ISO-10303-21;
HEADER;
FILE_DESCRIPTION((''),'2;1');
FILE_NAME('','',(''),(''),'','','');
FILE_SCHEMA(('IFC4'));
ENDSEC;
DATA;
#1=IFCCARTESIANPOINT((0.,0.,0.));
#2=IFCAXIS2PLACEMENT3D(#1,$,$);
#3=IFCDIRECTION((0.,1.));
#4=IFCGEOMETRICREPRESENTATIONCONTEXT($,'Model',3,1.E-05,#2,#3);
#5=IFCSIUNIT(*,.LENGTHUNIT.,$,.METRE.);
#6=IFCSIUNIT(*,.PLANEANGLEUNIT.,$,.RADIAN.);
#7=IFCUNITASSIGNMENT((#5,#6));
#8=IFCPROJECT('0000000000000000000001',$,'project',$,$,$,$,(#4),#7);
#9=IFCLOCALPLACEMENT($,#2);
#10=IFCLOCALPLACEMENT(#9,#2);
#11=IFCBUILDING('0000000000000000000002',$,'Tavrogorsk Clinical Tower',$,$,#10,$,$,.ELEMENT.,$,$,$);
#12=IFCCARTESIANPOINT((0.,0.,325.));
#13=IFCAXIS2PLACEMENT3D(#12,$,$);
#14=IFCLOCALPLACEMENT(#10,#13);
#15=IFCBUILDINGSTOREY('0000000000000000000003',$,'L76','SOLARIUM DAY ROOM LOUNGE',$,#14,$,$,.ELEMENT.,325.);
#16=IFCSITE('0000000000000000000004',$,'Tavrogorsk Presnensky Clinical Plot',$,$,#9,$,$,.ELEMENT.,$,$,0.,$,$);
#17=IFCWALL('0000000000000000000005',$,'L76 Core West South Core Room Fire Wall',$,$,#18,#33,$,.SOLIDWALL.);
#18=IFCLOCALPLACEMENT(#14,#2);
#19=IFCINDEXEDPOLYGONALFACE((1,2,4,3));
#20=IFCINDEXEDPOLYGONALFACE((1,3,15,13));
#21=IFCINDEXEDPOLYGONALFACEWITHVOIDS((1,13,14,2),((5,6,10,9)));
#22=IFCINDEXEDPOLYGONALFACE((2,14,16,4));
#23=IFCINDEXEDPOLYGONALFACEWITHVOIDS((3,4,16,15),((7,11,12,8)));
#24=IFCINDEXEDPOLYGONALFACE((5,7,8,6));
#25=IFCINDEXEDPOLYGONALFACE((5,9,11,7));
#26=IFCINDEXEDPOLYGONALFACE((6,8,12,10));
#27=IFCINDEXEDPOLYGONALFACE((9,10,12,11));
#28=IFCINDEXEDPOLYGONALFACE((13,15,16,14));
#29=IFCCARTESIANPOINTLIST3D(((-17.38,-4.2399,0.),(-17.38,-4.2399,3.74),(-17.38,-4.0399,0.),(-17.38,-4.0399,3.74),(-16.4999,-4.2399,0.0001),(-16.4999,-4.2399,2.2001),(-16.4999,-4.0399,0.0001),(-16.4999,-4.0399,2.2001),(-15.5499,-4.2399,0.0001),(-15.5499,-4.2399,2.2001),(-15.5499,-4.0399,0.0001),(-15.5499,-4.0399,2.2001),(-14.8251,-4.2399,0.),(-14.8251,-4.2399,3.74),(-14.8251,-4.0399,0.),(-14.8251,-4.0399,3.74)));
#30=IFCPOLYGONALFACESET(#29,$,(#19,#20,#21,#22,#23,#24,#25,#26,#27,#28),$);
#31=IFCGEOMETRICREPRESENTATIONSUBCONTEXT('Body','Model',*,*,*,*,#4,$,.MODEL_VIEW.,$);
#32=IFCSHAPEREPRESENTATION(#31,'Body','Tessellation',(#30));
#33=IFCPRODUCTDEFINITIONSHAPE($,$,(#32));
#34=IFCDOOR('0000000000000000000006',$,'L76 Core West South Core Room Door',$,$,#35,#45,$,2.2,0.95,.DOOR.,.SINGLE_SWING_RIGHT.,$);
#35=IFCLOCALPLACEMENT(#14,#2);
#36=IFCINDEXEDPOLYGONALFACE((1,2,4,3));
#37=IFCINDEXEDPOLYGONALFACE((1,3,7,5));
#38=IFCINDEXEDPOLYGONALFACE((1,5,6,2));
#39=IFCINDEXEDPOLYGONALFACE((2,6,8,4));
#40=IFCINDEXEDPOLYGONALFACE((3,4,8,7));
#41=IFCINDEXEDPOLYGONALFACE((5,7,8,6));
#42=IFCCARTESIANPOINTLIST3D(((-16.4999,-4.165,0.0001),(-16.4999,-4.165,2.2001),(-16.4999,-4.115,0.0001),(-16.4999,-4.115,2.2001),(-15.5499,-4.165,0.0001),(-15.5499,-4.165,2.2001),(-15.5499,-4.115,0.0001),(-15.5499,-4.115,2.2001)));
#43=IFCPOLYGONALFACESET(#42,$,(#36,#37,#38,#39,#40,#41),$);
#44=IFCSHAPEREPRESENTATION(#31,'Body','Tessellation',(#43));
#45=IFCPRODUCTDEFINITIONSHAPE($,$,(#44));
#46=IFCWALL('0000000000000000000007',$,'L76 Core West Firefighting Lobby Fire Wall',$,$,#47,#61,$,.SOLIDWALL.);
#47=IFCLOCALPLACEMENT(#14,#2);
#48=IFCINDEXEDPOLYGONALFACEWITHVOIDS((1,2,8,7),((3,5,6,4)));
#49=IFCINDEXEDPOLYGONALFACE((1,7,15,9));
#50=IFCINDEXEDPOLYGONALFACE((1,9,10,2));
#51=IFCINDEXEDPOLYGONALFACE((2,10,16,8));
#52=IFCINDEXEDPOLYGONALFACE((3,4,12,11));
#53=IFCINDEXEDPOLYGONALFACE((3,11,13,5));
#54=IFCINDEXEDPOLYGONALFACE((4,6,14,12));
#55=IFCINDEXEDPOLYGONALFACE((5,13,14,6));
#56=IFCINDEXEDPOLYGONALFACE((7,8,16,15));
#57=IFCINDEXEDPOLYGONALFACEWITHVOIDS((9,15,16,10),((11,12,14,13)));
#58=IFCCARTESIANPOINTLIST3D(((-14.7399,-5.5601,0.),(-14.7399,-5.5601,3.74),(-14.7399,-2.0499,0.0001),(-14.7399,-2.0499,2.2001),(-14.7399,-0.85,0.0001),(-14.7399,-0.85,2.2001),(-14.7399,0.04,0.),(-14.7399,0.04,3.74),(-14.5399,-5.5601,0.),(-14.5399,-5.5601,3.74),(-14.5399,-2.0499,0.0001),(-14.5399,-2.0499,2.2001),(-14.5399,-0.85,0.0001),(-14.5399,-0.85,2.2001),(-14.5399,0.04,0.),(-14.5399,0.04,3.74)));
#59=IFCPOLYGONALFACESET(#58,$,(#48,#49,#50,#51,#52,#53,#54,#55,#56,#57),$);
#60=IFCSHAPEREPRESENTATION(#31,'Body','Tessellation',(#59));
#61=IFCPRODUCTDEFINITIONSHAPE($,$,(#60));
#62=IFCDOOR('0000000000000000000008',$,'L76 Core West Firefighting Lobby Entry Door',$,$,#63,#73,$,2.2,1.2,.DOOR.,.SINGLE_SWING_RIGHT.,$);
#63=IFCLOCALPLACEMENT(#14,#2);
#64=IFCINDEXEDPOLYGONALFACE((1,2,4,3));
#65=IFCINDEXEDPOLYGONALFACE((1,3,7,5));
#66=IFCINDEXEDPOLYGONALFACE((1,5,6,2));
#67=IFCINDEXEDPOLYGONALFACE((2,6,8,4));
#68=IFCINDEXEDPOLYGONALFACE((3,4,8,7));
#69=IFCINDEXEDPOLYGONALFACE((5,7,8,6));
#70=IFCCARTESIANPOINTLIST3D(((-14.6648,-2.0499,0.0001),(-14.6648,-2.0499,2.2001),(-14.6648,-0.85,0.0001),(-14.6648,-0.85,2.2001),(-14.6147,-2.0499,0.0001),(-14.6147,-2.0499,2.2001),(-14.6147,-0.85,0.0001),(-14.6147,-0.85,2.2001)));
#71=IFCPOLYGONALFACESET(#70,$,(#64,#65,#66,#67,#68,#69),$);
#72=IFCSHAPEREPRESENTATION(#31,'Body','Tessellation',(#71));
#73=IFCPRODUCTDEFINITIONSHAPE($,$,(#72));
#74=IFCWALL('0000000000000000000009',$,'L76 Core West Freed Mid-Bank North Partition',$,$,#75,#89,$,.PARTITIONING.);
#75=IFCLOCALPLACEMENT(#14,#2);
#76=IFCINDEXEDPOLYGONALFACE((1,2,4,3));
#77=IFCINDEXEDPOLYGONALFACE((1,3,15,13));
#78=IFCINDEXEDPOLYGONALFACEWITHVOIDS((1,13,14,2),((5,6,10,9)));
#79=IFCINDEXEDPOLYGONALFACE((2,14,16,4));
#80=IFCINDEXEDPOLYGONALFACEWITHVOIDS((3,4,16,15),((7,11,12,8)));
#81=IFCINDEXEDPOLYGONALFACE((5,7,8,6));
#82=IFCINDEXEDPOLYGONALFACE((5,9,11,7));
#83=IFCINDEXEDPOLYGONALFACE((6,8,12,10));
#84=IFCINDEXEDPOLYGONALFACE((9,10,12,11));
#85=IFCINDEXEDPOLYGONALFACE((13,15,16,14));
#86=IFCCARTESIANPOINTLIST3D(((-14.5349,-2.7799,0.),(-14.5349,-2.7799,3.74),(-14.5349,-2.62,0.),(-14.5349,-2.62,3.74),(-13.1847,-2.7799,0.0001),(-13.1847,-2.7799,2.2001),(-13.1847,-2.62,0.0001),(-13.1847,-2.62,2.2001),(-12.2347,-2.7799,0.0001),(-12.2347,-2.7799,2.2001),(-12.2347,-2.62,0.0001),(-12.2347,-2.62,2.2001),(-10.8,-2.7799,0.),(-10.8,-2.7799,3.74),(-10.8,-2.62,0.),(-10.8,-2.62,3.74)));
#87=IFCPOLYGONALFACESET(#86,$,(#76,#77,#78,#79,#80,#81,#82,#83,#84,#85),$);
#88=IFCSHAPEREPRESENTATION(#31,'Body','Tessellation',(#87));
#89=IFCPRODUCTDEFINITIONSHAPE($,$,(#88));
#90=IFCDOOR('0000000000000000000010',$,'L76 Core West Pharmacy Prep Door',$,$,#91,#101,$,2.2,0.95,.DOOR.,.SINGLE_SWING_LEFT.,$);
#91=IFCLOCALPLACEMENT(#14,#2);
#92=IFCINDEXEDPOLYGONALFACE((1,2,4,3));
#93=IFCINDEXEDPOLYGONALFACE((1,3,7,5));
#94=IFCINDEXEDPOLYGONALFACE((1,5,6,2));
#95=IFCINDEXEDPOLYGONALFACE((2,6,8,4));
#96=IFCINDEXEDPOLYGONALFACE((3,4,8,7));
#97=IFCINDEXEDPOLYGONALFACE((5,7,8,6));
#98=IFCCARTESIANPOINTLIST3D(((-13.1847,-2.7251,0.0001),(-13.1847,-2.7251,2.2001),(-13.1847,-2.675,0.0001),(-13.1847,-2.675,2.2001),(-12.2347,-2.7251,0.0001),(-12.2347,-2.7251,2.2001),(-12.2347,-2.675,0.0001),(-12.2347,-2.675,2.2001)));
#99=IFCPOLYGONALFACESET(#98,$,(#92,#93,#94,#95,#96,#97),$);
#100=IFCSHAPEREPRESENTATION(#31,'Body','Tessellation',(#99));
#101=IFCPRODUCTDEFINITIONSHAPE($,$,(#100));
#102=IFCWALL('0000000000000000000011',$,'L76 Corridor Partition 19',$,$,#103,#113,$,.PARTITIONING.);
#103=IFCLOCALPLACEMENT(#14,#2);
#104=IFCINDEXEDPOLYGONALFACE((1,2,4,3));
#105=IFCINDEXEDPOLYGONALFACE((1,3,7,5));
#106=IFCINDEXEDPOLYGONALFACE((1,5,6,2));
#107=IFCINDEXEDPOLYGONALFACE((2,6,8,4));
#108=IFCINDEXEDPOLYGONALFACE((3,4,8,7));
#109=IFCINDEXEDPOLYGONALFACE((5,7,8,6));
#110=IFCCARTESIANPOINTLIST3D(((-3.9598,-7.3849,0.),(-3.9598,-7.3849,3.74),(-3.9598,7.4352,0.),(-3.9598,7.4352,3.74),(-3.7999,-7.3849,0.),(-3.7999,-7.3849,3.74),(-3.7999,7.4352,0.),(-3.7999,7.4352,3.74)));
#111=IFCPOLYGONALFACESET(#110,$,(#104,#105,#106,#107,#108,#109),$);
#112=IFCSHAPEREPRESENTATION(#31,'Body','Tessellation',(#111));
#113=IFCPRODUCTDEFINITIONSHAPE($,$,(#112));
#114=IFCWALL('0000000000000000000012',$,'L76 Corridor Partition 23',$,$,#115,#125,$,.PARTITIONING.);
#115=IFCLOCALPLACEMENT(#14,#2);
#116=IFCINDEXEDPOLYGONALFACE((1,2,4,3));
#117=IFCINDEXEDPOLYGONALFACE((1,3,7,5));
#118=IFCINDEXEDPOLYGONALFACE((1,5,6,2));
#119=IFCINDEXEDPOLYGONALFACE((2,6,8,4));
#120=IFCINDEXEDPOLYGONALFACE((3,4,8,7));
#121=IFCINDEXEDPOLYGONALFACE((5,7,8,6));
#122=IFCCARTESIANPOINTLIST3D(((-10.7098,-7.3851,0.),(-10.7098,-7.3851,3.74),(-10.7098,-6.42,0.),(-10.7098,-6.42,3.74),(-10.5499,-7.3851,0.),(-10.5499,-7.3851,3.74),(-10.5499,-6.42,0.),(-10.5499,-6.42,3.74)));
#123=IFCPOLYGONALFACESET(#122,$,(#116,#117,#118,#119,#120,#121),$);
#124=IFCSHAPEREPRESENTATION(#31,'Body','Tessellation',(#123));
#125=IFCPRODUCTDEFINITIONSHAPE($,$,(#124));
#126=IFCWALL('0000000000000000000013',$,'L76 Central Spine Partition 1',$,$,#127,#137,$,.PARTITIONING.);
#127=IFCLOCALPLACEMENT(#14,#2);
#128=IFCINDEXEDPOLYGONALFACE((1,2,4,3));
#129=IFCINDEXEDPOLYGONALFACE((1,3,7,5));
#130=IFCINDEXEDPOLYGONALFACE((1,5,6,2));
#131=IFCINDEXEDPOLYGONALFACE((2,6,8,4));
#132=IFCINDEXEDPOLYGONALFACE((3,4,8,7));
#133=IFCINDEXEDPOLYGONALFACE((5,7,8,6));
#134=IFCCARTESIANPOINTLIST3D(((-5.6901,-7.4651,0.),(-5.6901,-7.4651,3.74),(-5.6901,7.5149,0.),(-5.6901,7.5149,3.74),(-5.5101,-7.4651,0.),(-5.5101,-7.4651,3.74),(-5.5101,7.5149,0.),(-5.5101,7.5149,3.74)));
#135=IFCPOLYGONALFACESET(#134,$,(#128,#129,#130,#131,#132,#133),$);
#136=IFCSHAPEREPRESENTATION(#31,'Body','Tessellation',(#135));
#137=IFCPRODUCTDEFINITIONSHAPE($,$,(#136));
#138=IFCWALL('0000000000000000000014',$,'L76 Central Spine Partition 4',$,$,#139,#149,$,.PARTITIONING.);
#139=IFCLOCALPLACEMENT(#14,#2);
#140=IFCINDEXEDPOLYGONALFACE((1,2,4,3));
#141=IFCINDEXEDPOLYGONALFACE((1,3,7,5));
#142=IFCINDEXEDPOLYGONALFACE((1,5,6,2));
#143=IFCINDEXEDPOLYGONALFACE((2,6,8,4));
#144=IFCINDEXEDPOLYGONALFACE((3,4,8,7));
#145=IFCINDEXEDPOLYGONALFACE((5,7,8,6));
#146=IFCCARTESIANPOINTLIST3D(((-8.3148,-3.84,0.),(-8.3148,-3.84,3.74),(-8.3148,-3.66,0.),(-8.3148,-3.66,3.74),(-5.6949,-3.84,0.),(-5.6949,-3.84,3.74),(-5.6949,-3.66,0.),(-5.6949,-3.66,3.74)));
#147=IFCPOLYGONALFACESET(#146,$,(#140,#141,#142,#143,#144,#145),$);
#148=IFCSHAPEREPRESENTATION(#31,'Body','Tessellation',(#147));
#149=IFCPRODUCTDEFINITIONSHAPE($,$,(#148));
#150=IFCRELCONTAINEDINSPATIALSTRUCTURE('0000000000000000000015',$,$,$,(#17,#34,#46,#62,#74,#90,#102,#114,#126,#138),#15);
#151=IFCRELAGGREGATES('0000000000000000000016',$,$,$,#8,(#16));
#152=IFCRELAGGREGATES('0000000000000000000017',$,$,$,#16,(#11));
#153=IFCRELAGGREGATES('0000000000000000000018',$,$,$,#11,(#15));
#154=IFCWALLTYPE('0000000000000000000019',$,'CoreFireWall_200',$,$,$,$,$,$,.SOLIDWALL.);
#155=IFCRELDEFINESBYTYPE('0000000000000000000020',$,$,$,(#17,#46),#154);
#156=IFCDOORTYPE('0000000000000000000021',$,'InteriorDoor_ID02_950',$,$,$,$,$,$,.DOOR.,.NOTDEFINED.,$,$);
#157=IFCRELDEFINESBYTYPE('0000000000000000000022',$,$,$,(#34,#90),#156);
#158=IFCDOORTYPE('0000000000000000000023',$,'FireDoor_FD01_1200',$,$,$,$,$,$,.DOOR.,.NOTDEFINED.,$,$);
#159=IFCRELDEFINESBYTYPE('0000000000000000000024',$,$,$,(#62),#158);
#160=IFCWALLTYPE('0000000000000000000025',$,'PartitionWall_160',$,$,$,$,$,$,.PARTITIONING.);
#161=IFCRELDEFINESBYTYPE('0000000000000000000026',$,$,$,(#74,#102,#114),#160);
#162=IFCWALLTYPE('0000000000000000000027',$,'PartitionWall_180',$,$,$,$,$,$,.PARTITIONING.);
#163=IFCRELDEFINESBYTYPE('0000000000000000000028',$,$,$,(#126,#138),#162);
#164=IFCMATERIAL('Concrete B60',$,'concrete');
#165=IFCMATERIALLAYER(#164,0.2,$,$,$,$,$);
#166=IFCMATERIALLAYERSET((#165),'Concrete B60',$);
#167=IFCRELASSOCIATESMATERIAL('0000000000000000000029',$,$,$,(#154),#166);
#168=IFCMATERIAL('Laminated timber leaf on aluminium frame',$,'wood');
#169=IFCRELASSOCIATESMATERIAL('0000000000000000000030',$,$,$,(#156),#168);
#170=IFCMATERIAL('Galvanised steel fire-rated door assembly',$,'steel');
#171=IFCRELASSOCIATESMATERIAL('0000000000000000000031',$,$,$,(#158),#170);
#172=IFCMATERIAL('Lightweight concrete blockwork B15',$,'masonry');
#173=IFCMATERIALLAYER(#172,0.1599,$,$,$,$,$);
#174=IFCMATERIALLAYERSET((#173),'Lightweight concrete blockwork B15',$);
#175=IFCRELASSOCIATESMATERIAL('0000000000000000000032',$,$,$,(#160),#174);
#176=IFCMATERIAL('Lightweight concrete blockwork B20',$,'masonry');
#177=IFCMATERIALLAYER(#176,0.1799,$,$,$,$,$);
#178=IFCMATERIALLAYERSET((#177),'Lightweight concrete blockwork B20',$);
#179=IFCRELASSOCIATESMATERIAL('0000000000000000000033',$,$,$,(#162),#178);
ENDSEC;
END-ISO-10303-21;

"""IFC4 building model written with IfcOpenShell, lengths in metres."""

from ifc_helpers import new_model, si_unit, direction, frame, frame_2d, origin, place, context, subcontext, project, spatial, rectangle, extrude, material, layer, layer_set, type_object, element, fill, save


model = new_model("IFC4")

# Units and contexts
model_context = context("Model", 3, precision=1e-05, world=origin(), true_north=direction((0.0, 1.0)))
body_context = subcontext(model_context, "Body", "Model", "MODEL_VIEW")
ifc_project = project(units=[si_unit("LENGTHUNIT", "METRE"), si_unit("PLANEANGLEUNIT", "RADIAN")], contexts=[model_context])

# Site, building, storey
site_placement = place(None, origin())
site = spatial("IfcSite", under=ifc_project, at=site_placement, Name="Tavrogorsk Presnensky Clinical Plot", CompositionType="ELEMENT", RefElevation=0.0)
building_placement = place(site_placement, origin())
building = spatial("IfcBuilding", under=site, at=building_placement, Name="Tavrogorsk Clinical Tower", CompositionType="ELEMENT")
storey_placement = place(building_placement, frame((0.0, 0.0, 325.0)))
storey = spatial("IfcBuildingStorey", under=building, at=storey_placement, Name="L76", Description="SOLARIUM DAY ROOM LOUNGE", CompositionType="ELEMENT", Elevation=325.0)

# Walls, openings, doors
ifc_material_1 = material(Name="Concrete B60", Category="concrete")
ifc_layer_1 = layer(ifc_material_1, 0.2)
ifc_layer_set_1 = layer_set([ifc_layer_1], Name="Concrete B60")
wall_type_1 = type_object("IfcWallType", Name="CoreFireWall_200", PredefinedType="SOLIDWALL", material=ifc_layer_set_1)
wall_1_placement = place(storey_placement, frame((-17.3799, -4.1399, 0.0), z_axis=(0.0, 0.0, 1.0), x_axis=(1.0, 0.0, 0.0)))
wall_1 = element("IfcWall", 1, at=wall_1_placement, inside=storey, type_object=wall_type_1, Name="L76 Core West South Core Room Fire Wall", PredefinedType="SOLIDWALL", context=body_context, shape_type="SweptSolid", body=[
    extrude(rectangle(XDim=2.5549, YDim=0.2, at=frame_2d((1.2773, 0.0))), origin(), (0.0, 0.0, 1.0), 3.74),
])
opening_1_placement = place(wall_1_placement, frame((0.8799, 0.0, 0.0)))
opening_1 = element("IfcOpeningElement", 2, at=opening_1_placement, cuts=wall_1, PredefinedType="OPENING", context=body_context, shape_type="SweptSolid", body=[
    extrude(rectangle(XDim=0.95, YDim=2.2, at=frame_2d((0.4751, 1.1001))), frame((0.0, 0.1099, 0.0), z_axis=(0.0, -1.0, 0.0), x_axis=(1.0, 0.0, 0.0)), (0.0, 0.0, 1.0), 0.22),
])
ifc_material_2 = material(Name="Laminated timber leaf on aluminium frame", Category="wood")
door_type_1 = type_object("IfcDoorType", Name="InteriorDoor_ID02_950", OperationType="NOTDEFINED", PredefinedType="DOOR", material=ifc_material_2)
door_1_placement = place(opening_1_placement, origin())
door_1 = element("IfcDoor", 3, at=door_1_placement, inside=storey, type_object=door_type_1, Name="L76 Core West South Core Room Door", OperationType="SINGLE_SWING_RIGHT", OverallHeight=2.2, OverallWidth=0.95, PredefinedType="DOOR", context=body_context, shape_type="SweptSolid", body=[
    extrude(rectangle(XDim=0.95, YDim=2.2, at=frame_2d((0.4751, 1.1001))), frame((0.0, 0.0249, 0.0), z_axis=(0.0, -1.0, 0.0), x_axis=(1.0, 0.0, 0.0)), (0.0, 0.0, 1.0), 0.05),
])
fill(opening_1, door_1)
wall_2_placement = place(storey_placement, frame((-14.6399, -5.5601, 0.0), z_axis=(0.0, 0.0, 1.0), x_axis=(0.0, 1.0, 0.0)))
wall_2 = element("IfcWall", 4, at=wall_2_placement, inside=storey, type_object=wall_type_1, Name="L76 Core West Firefighting Lobby Fire Wall", PredefinedType="SOLIDWALL", context=body_context, shape_type="SweptSolid", body=[
    extrude(rectangle(XDim=5.6001, YDim=0.2, at=frame_2d((2.8, 0.0))), origin(), (0.0, 0.0, 1.0), 3.74),
])
opening_2_placement = place(wall_2_placement, frame((3.51, 0.0, 0.0)))
opening_2 = element("IfcOpeningElement", 5, at=opening_2_placement, cuts=wall_2, PredefinedType="OPENING", context=body_context, shape_type="SweptSolid", body=[
    extrude(rectangle(XDim=1.2, YDim=2.2, at=frame_2d((0.6001, 1.1001))), frame((0.0, 0.1099, 0.0), z_axis=(0.0, -1.0, 0.0), x_axis=(1.0, 0.0, 0.0)), (0.0, 0.0, 1.0), 0.22),
])
ifc_material_3 = material(Name="Galvanised steel fire-rated door assembly", Category="steel")
door_type_2 = type_object("IfcDoorType", Name="FireDoor_FD01_1200", OperationType="NOTDEFINED", PredefinedType="DOOR", material=ifc_material_3)
door_2_placement = place(opening_2_placement, origin())
door_2 = element("IfcDoor", 6, at=door_2_placement, inside=storey, type_object=door_type_2, Name="L76 Core West Firefighting Lobby Entry Door", OperationType="SINGLE_SWING_RIGHT", OverallHeight=2.2, OverallWidth=1.2, PredefinedType="DOOR", context=body_context, shape_type="SweptSolid", body=[
    extrude(rectangle(XDim=1.2, YDim=2.2, at=frame_2d((0.6001, 1.1001))), frame((0.0, 0.0249, 0.0), z_axis=(0.0, -1.0, 0.0), x_axis=(1.0, 0.0, 0.0)), (0.0, 0.0, 1.0), 0.05),
])
fill(opening_2, door_2)
ifc_material_4 = material(Name="Lightweight concrete blockwork B15", Category="masonry")
ifc_layer_2 = layer(ifc_material_4, 0.1599)
ifc_layer_set_2 = layer_set([ifc_layer_2], Name="Lightweight concrete blockwork B15")
wall_type_2 = type_object("IfcWallType", Name="PartitionWall_160", PredefinedType="PARTITIONING", material=ifc_layer_set_2)
wall_3_placement = place(storey_placement, frame((-14.5349, -2.7, 0.0), z_axis=(0.0, 0.0, 1.0), x_axis=(1.0, 0.0, 0.0)))
wall_3 = element("IfcWall", 7, at=wall_3_placement, inside=storey, type_object=wall_type_2, Name="L76 Core West Freed Mid-Bank North Partition", PredefinedType="PARTITIONING", context=body_context, shape_type="SweptSolid", body=[
    extrude(rectangle(XDim=3.7349, YDim=0.1599, at=frame_2d((1.8674, 0.0))), origin(), (0.0, 0.0, 1.0), 3.74),
])
opening_3_placement = place(wall_3_placement, frame((1.3501, 0.0, 0.0)))
opening_3 = element("IfcOpeningElement", 8, at=opening_3_placement, cuts=wall_3, PredefinedType="OPENING", context=body_context, shape_type="SweptSolid", body=[
    extrude(rectangle(XDim=0.95, YDim=2.2, at=frame_2d((0.4751, 1.1001))), frame((0.0, 0.0898, 0.0), z_axis=(0.0, -1.0, 0.0), x_axis=(1.0, 0.0, 0.0)), (0.0, 0.0, 1.0), 0.1799),
])
door_3_placement = place(opening_3_placement, origin())
door_3 = element("IfcDoor", 9, at=door_3_placement, inside=storey, type_object=door_type_1, Name="L76 Core West Pharmacy Prep Door", OperationType="SINGLE_SWING_LEFT", OverallHeight=2.2, OverallWidth=0.95, PredefinedType="DOOR", context=body_context, shape_type="SweptSolid", body=[
    extrude(rectangle(XDim=0.95, YDim=2.2, at=frame_2d((0.4751, 1.1001))), frame((0.0, 0.0249, 0.0), z_axis=(0.0, -1.0, 0.0), x_axis=(1.0, 0.0, 0.0)), (0.0, 0.0, 1.0), 0.05),
])
fill(opening_3, door_3)

# Walls
wall_4_placement = place(storey_placement, frame((-3.8799, -7.385, 0.0), z_axis=(0.0, 0.0, 1.0), x_axis=(0.0, 1.0, 0.0)))
element("IfcWall", 10, at=wall_4_placement, inside=storey, type_object=wall_type_2, Name="L76 Corridor Partition 19", PredefinedType="PARTITIONING", context=body_context, shape_type="SweptSolid", body=[
    extrude(rectangle(XDim=14.8201, YDim=0.1599, at=frame_2d((7.4102, 0.0))), origin(), (0.0, 0.0, 1.0), 3.74),
])
wall_5_placement = place(storey_placement, frame((-10.6299, -7.385, 0.0), z_axis=(0.0, 0.0, 1.0), x_axis=(0.0, 1.0, 0.0)))
element("IfcWall", 11, at=wall_5_placement, inside=storey, type_object=wall_type_2, Name="L76 Corridor Partition 23", PredefinedType="PARTITIONING", context=body_context, shape_type="SweptSolid", body=[
    extrude(rectangle(XDim=0.9651, YDim=0.1599, at=frame_2d((0.4824, 0.0))), origin(), (0.0, 0.0, 1.0), 3.74),
])
ifc_material_5 = material(Name="Lightweight concrete blockwork B20", Category="masonry")
ifc_layer_3 = layer(ifc_material_5, 0.1799)
ifc_layer_set_3 = layer_set([ifc_layer_3], Name="Lightweight concrete blockwork B20")
wall_type_3 = type_object("IfcWallType", Name="PartitionWall_180", PredefinedType="PARTITIONING", material=ifc_layer_set_3)
wall_6_placement = place(storey_placement, frame((-5.6001, -7.4651, 0.0), z_axis=(0.0, 0.0, 1.0), x_axis=(0.0, 1.0, 0.0)))
element("IfcWall", 12, at=wall_6_placement, inside=storey, type_object=wall_type_3, Name="L76 Central Spine Partition 1", PredefinedType="PARTITIONING", context=body_context, shape_type="SweptSolid", body=[
    extrude(rectangle(XDim=14.98, YDim=0.1799, at=frame_2d((7.49, 0.0))), origin(), (0.0, 0.0, 1.0), 3.74),
])
wall_7_placement = place(storey_placement, frame((-8.3149, -3.75, 0.0), z_axis=(0.0, 0.0, 1.0), x_axis=(1.0, 0.0, 0.0)))
element("IfcWall", 13, at=wall_7_placement, inside=storey, type_object=wall_type_3, Name="L76 Central Spine Partition 4", PredefinedType="PARTITIONING", context=body_context, shape_type="SweptSolid", body=[
    extrude(rectangle(XDim=2.6199, YDim=0.1799, at=frame_2d((1.3101, 0.0))), origin(), (0.0, 0.0, 1.0), 3.74),
])

save(model, "model.ifc")
